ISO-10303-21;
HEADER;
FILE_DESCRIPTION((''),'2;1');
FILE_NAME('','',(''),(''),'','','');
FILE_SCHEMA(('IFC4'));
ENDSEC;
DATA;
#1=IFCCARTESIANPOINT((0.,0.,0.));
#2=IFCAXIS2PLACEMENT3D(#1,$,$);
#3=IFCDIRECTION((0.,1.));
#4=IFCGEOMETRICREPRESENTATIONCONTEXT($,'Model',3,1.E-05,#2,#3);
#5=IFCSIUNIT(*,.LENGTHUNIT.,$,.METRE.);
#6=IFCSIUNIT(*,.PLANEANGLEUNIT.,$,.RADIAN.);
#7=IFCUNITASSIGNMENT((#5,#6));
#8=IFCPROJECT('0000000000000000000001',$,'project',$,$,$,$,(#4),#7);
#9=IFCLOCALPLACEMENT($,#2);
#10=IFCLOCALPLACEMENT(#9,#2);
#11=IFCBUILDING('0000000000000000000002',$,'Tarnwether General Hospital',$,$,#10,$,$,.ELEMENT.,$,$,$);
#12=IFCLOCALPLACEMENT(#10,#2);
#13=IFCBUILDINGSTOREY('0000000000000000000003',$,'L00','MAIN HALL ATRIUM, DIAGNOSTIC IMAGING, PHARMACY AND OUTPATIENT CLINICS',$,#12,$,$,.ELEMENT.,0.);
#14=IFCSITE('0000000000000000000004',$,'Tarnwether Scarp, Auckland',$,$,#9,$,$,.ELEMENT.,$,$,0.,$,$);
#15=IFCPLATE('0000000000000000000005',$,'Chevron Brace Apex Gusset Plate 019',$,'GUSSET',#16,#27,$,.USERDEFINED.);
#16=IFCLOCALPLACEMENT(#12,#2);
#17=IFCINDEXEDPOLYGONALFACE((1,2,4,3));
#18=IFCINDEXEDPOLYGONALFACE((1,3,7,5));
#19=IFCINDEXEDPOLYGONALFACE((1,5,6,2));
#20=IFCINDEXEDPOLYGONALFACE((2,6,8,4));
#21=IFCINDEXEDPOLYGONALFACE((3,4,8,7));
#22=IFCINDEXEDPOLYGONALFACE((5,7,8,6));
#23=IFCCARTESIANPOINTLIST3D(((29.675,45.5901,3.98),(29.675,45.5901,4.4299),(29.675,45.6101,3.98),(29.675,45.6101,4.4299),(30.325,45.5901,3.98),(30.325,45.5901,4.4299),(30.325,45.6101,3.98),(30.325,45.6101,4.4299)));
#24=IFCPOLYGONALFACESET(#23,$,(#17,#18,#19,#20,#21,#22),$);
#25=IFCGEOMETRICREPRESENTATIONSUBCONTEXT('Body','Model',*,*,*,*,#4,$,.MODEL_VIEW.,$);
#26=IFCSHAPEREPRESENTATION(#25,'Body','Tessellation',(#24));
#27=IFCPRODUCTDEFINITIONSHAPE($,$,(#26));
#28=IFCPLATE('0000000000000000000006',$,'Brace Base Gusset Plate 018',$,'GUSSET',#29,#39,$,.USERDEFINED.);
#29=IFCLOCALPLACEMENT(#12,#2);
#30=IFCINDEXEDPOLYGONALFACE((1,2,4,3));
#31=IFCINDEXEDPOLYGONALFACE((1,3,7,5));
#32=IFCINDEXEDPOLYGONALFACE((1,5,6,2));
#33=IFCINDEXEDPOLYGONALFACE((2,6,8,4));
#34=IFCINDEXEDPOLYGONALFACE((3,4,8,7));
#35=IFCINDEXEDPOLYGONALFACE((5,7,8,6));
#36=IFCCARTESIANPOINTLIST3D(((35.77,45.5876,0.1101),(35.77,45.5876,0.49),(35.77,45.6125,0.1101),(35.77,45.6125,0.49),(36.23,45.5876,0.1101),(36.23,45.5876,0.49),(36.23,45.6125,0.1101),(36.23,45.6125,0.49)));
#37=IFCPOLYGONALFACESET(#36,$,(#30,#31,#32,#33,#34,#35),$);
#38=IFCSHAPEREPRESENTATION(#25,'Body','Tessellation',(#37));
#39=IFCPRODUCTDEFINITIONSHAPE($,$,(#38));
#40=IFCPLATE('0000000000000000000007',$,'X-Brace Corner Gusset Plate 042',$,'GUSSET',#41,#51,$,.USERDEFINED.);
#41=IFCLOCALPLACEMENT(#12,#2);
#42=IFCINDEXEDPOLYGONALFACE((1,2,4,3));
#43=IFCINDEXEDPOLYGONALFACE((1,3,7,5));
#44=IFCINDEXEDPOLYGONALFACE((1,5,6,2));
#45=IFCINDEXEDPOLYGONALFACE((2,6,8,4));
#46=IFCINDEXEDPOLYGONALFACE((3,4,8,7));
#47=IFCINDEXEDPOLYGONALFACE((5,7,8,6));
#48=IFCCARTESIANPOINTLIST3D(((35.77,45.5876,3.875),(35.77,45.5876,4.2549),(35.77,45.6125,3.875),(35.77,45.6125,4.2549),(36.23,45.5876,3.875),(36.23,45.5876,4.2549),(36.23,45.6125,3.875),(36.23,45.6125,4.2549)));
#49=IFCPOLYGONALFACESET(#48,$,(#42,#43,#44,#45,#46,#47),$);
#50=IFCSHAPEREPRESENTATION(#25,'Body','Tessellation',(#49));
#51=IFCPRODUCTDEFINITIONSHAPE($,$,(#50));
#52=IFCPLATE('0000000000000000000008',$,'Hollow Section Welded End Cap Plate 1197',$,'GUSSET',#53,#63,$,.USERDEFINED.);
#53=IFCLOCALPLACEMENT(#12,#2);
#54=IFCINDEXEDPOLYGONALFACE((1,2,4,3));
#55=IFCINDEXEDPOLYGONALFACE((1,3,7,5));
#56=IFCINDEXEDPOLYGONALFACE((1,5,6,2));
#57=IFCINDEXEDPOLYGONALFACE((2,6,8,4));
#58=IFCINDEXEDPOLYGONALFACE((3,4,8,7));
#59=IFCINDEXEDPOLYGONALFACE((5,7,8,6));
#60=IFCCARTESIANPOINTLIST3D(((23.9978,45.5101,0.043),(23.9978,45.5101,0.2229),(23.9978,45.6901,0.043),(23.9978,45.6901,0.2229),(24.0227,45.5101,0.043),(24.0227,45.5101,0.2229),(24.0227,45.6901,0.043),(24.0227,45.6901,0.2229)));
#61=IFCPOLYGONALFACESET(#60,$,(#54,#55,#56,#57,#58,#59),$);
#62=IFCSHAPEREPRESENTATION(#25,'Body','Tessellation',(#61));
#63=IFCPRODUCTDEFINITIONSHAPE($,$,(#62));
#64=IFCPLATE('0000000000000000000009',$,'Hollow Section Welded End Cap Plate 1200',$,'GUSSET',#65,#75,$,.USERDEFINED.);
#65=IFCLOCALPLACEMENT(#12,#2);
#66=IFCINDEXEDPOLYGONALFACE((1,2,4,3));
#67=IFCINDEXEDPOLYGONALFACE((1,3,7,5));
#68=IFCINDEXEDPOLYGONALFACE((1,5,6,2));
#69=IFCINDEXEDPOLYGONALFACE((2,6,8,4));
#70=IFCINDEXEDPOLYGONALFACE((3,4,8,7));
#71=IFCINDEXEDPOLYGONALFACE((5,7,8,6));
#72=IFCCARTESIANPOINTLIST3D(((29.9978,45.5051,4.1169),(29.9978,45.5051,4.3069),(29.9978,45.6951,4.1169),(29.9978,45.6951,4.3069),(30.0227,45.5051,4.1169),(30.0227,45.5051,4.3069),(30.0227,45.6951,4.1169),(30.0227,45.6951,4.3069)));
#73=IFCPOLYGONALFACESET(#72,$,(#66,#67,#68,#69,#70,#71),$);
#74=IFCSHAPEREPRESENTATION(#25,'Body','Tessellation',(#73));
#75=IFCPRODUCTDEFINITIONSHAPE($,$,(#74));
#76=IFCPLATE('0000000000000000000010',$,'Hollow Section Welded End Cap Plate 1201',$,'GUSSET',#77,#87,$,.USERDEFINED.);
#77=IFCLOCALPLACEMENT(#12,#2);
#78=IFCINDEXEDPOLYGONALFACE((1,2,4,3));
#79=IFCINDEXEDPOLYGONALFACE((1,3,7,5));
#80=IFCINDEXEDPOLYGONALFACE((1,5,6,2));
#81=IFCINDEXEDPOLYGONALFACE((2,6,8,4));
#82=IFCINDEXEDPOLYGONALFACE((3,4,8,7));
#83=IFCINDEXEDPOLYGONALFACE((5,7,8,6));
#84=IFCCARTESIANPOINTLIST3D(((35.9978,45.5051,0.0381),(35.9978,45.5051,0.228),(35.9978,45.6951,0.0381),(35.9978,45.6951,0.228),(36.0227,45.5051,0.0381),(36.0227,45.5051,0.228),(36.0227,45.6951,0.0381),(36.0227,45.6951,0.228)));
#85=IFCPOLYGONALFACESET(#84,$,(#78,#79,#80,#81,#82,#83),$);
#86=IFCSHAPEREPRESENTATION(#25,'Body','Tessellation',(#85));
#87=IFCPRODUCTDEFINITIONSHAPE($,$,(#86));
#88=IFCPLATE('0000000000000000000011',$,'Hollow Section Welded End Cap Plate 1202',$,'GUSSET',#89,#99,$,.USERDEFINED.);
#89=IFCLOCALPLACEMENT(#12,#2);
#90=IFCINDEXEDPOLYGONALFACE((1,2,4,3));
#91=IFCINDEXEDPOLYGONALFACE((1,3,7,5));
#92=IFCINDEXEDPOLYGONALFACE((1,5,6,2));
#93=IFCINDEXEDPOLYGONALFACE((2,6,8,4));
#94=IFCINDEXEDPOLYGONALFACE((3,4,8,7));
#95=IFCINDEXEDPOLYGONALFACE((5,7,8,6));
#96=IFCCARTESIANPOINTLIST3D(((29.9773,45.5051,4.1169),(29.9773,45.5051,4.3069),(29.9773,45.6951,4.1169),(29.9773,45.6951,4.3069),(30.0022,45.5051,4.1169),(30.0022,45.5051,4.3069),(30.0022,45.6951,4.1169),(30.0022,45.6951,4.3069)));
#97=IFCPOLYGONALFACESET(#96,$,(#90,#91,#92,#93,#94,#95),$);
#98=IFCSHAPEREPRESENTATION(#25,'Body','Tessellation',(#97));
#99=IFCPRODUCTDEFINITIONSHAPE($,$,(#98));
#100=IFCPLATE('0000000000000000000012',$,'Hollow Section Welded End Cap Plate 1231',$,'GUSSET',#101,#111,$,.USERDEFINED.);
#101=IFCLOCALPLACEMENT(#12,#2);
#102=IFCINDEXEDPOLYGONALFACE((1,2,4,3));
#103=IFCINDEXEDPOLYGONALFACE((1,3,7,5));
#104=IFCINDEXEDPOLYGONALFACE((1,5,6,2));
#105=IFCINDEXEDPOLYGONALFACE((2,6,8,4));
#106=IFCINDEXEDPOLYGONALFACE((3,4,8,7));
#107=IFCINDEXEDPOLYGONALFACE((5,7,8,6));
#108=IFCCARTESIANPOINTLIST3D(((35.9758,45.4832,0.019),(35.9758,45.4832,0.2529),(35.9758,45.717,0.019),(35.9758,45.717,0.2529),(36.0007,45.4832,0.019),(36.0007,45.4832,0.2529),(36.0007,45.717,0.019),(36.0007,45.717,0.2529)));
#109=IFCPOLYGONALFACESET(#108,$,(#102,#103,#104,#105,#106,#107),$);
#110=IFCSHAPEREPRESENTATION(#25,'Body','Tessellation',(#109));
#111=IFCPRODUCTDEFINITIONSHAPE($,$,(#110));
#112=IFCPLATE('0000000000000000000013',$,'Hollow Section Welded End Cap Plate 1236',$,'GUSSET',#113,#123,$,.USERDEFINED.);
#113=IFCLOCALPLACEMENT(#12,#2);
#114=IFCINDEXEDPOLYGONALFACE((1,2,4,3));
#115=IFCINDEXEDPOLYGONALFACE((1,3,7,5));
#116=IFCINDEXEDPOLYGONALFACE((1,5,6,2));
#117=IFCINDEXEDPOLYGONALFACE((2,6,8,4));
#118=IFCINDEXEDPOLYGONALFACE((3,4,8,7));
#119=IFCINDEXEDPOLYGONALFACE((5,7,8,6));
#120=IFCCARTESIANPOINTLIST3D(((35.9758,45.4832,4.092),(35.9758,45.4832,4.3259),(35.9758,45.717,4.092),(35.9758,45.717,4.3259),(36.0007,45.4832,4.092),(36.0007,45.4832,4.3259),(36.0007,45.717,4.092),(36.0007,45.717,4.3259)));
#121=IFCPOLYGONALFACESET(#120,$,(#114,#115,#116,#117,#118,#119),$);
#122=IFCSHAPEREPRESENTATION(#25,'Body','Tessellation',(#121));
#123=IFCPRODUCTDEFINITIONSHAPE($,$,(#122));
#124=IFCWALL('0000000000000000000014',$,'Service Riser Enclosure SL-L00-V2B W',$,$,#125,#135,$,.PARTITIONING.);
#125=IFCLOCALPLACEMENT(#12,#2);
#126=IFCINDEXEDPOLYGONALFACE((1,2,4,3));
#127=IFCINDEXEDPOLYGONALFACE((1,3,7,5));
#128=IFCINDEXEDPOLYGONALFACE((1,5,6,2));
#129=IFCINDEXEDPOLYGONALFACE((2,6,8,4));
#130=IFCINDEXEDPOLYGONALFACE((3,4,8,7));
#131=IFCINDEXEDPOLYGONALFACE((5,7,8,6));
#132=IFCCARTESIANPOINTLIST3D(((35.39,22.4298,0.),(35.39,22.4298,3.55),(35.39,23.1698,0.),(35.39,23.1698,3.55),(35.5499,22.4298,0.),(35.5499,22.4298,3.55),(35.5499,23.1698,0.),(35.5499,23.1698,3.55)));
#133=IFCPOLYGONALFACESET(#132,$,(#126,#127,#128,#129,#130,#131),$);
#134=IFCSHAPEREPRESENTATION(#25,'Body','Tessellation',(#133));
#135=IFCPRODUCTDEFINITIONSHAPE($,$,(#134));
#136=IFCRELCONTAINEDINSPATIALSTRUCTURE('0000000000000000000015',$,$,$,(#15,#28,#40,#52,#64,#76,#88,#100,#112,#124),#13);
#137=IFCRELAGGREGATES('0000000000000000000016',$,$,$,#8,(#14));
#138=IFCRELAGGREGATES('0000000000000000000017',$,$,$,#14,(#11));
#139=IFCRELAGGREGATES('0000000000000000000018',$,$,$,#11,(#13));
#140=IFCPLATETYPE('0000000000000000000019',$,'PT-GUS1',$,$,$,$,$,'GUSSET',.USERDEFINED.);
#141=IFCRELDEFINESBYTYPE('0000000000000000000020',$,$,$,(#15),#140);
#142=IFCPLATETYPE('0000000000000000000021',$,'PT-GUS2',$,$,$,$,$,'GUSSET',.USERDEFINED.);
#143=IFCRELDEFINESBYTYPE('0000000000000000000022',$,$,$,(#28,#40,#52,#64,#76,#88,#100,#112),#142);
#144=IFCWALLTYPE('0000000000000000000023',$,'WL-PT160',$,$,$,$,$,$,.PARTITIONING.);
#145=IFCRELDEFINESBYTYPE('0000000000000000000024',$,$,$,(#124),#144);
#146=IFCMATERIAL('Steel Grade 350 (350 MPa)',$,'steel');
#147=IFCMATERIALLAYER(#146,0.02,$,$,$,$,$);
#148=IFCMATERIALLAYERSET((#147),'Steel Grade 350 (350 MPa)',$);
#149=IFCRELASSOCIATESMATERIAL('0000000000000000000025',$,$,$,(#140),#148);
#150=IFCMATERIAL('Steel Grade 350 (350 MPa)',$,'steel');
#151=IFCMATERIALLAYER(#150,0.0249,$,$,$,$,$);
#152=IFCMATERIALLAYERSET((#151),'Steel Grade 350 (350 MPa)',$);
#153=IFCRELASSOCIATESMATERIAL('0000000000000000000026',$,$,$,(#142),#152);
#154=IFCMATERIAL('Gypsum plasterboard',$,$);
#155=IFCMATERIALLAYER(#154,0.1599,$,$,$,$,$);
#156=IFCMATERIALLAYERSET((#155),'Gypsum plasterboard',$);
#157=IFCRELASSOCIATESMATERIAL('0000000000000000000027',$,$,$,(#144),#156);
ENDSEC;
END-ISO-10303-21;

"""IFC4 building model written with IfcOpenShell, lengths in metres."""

from ifc_helpers import new_model, si_unit, direction, frame, frame_2d, origin, origin_2d, place, context, subcontext, project, spatial, rectangle, extrude, material, layer, layer_set, type_object, element, save


model = new_model("IFC4")

# Units and contexts
model_context = context("Model", 3, precision=1e-05, world=origin(), true_north=direction((0.0, 1.0)))
body_context = subcontext(model_context, "Body", "Model", "MODEL_VIEW")
ifc_project = project(units=[si_unit("LENGTHUNIT", "METRE"), si_unit("PLANEANGLEUNIT", "RADIAN")], contexts=[model_context])

# Site, building, storey
site_placement = place(None, origin())
site = spatial("IfcSite", under=ifc_project, at=site_placement, Name="Tarnwether Scarp, Auckland", CompositionType="ELEMENT", RefElevation=0.0)
building_placement = place(site_placement, origin())
building = spatial("IfcBuilding", under=site, at=building_placement, Name="Tarnwether General Hospital", CompositionType="ELEMENT")
storey_placement = place(building_placement, origin())
storey = spatial("IfcBuildingStorey", under=building, at=storey_placement, Name="L00", Description="MAIN HALL ATRIUM, DIAGNOSTIC IMAGING, PHARMACY AND OUTPATIENT CLINICS", CompositionType="ELEMENT", Elevation=0.0)

# Plates
ifc_material_1 = material(Name="Steel Grade 350 (350 MPa)", Category="steel")
ifc_layer_1 = layer(ifc_material_1, 0.02)
ifc_layer_set_1 = layer_set([ifc_layer_1], Name="Steel Grade 350 (350 MPa)")
plate_type_1 = type_object("IfcPlateType", Name="PT-GUS1", ElementType="GUSSET", PredefinedType="USERDEFINED", material=ifc_layer_set_1)
plate_1_placement = place(storey_placement, frame((30.0, 45.6001, 3.98), z_axis=(0.0, 0.0, 1.0), x_axis=(1.0, 0.0, 0.0)))
element("IfcPlate", 1, at=plate_1_placement, inside=storey, type_object=plate_type_1, Name="Chevron Brace Apex Gusset Plate 019", ObjectType="GUSSET", PredefinedType="USERDEFINED", context=body_context, shape_type="SweptSolid", body=[
    extrude(rectangle(XDim=0.6499, YDim=0.02, at=origin_2d()), origin(), (0.0, 0.0, 1.0), 0.45),
])
ifc_material_2 = material(Name="Steel Grade 350 (350 MPa)", Category="steel")
ifc_layer_2 = layer(ifc_material_2, 0.0249)
ifc_layer_set_2 = layer_set([ifc_layer_2], Name="Steel Grade 350 (350 MPa)")
plate_type_2 = type_object("IfcPlateType", Name="PT-GUS2", ElementType="GUSSET", PredefinedType="USERDEFINED", material=ifc_layer_set_2)
for number, where, z_axis, x_axis, name in (
    (2, (36.0, 45.6001, 0.1101), (0.0, 0.0, 1.0), (1.0, 0.0, 0.0), "Brace Base Gusset Plate 018"),
    (3, (36.0, 45.6001, 3.875), (0.0, 0.0, 1.0), (1.0, 0.0, 0.0), "X-Brace Corner Gusset Plate 042"),
):
    element("IfcPlate", number, at=place(storey_placement, frame(where, z_axis=z_axis, x_axis=x_axis)), inside=storey, type_object=plate_type_2, Name=name, ObjectType="GUSSET", PredefinedType="USERDEFINED", context=body_context, shape_type="SweptSolid", body=[
        extrude(rectangle(XDim=0.46, YDim=0.0249, at=origin_2d()), origin(), (0.0, 0.0, 1.0), 0.3799),
    ])
plate_2_placement = place(storey_placement, frame((24.0103, 45.6001, 0.043), z_axis=(0.0, 0.0, 1.0), x_axis=(-1.0, 0.0, 0.0)))
element("IfcPlate", 4, at=plate_2_placement, inside=storey, type_object=plate_type_2, Name="Hollow Section Welded End Cap Plate 1197", ObjectType="GUSSET", PredefinedType="USERDEFINED", context=body_context, shape_type="SweptSolid", body=[
    extrude(rectangle(XDim=0.0249, YDim=0.1799, at=origin_2d()), origin(), (0.0, 0.0, 1.0), 0.1799),
])
for number, where, z_axis, x_axis, name in (
    (5, (30.0103, 45.6001, 4.1169), (0.0, 0.0, 1.0), (1.0, 0.0, 0.0), "Hollow Section Welded End Cap Plate 1200"),
    (6, (36.0103, 45.6001, 0.0381), (0.0, 0.0, 1.0), (-1.0, 0.0, 0.0), "Hollow Section Welded End Cap Plate 1201"),
    (7, (29.9897, 45.6001, 4.1169), (0.0, 0.0, 1.0), (-1.0, 0.0, 0.0), "Hollow Section Welded End Cap Plate 1202"),
):
    element("IfcPlate", number, at=place(storey_placement, frame(where, z_axis=z_axis, x_axis=x_axis)), inside=storey, type_object=plate_type_2, Name=name, ObjectType="GUSSET", PredefinedType="USERDEFINED", context=body_context, shape_type="SweptSolid", body=[
        extrude(rectangle(XDim=0.0249, YDim=0.1899, at=origin_2d()), origin(), (0.0, 0.0, 1.0), 0.1899),
    ])
for number, where, z_axis, x_axis, name in (
    (8, (35.9883, 45.6001, 0.019), (0.0, 0.0, 1.0), (1.0, 0.0, 0.0), "Hollow Section Welded End Cap Plate 1231"),
    (9, (35.9883, 45.6001, 4.092), (0.0, 0.0, 1.0), (-1.0, 0.0, 0.0), "Hollow Section Welded End Cap Plate 1236"),
):
    element("IfcPlate", number, at=place(storey_placement, frame(where, z_axis=z_axis, x_axis=x_axis)), inside=storey, type_object=plate_type_2, Name=name, ObjectType="GUSSET", PredefinedType="USERDEFINED", context=body_context, shape_type="SweptSolid", body=[
        extrude(rectangle(XDim=0.0249, YDim=0.2339, at=origin_2d()), origin(), (0.0, 0.0, 1.0), 0.2339),
    ])

# Wall
ifc_material_3 = material(Name="Gypsum plasterboard")
ifc_layer_3 = layer(ifc_material_3, 0.1599)
ifc_layer_set_3 = layer_set([ifc_layer_3], Name="Gypsum plasterboard")
wall_type = type_object("IfcWallType", Name="WL-PT160", PredefinedType="PARTITIONING", material=ifc_layer_set_3)
wall_placement = place(storey_placement, frame((35.47, 23.1699, 0.0), z_axis=(0.0, 0.0, 1.0), x_axis=(0.0, -1.0, 0.0)))
element("IfcWall", 10, at=wall_placement, inside=storey, type_object=wall_type, Name="Service Riser Enclosure SL-L00-V2B W", PredefinedType="PARTITIONING", context=body_context, shape_type="SweptSolid", body=[
    extrude(rectangle(XDim=0.74, YDim=0.1599, at=frame_2d((0.3701, 0.0))), origin(), (0.0, 0.0, 1.0), 3.55),
])

save(model, "model.ifc")
